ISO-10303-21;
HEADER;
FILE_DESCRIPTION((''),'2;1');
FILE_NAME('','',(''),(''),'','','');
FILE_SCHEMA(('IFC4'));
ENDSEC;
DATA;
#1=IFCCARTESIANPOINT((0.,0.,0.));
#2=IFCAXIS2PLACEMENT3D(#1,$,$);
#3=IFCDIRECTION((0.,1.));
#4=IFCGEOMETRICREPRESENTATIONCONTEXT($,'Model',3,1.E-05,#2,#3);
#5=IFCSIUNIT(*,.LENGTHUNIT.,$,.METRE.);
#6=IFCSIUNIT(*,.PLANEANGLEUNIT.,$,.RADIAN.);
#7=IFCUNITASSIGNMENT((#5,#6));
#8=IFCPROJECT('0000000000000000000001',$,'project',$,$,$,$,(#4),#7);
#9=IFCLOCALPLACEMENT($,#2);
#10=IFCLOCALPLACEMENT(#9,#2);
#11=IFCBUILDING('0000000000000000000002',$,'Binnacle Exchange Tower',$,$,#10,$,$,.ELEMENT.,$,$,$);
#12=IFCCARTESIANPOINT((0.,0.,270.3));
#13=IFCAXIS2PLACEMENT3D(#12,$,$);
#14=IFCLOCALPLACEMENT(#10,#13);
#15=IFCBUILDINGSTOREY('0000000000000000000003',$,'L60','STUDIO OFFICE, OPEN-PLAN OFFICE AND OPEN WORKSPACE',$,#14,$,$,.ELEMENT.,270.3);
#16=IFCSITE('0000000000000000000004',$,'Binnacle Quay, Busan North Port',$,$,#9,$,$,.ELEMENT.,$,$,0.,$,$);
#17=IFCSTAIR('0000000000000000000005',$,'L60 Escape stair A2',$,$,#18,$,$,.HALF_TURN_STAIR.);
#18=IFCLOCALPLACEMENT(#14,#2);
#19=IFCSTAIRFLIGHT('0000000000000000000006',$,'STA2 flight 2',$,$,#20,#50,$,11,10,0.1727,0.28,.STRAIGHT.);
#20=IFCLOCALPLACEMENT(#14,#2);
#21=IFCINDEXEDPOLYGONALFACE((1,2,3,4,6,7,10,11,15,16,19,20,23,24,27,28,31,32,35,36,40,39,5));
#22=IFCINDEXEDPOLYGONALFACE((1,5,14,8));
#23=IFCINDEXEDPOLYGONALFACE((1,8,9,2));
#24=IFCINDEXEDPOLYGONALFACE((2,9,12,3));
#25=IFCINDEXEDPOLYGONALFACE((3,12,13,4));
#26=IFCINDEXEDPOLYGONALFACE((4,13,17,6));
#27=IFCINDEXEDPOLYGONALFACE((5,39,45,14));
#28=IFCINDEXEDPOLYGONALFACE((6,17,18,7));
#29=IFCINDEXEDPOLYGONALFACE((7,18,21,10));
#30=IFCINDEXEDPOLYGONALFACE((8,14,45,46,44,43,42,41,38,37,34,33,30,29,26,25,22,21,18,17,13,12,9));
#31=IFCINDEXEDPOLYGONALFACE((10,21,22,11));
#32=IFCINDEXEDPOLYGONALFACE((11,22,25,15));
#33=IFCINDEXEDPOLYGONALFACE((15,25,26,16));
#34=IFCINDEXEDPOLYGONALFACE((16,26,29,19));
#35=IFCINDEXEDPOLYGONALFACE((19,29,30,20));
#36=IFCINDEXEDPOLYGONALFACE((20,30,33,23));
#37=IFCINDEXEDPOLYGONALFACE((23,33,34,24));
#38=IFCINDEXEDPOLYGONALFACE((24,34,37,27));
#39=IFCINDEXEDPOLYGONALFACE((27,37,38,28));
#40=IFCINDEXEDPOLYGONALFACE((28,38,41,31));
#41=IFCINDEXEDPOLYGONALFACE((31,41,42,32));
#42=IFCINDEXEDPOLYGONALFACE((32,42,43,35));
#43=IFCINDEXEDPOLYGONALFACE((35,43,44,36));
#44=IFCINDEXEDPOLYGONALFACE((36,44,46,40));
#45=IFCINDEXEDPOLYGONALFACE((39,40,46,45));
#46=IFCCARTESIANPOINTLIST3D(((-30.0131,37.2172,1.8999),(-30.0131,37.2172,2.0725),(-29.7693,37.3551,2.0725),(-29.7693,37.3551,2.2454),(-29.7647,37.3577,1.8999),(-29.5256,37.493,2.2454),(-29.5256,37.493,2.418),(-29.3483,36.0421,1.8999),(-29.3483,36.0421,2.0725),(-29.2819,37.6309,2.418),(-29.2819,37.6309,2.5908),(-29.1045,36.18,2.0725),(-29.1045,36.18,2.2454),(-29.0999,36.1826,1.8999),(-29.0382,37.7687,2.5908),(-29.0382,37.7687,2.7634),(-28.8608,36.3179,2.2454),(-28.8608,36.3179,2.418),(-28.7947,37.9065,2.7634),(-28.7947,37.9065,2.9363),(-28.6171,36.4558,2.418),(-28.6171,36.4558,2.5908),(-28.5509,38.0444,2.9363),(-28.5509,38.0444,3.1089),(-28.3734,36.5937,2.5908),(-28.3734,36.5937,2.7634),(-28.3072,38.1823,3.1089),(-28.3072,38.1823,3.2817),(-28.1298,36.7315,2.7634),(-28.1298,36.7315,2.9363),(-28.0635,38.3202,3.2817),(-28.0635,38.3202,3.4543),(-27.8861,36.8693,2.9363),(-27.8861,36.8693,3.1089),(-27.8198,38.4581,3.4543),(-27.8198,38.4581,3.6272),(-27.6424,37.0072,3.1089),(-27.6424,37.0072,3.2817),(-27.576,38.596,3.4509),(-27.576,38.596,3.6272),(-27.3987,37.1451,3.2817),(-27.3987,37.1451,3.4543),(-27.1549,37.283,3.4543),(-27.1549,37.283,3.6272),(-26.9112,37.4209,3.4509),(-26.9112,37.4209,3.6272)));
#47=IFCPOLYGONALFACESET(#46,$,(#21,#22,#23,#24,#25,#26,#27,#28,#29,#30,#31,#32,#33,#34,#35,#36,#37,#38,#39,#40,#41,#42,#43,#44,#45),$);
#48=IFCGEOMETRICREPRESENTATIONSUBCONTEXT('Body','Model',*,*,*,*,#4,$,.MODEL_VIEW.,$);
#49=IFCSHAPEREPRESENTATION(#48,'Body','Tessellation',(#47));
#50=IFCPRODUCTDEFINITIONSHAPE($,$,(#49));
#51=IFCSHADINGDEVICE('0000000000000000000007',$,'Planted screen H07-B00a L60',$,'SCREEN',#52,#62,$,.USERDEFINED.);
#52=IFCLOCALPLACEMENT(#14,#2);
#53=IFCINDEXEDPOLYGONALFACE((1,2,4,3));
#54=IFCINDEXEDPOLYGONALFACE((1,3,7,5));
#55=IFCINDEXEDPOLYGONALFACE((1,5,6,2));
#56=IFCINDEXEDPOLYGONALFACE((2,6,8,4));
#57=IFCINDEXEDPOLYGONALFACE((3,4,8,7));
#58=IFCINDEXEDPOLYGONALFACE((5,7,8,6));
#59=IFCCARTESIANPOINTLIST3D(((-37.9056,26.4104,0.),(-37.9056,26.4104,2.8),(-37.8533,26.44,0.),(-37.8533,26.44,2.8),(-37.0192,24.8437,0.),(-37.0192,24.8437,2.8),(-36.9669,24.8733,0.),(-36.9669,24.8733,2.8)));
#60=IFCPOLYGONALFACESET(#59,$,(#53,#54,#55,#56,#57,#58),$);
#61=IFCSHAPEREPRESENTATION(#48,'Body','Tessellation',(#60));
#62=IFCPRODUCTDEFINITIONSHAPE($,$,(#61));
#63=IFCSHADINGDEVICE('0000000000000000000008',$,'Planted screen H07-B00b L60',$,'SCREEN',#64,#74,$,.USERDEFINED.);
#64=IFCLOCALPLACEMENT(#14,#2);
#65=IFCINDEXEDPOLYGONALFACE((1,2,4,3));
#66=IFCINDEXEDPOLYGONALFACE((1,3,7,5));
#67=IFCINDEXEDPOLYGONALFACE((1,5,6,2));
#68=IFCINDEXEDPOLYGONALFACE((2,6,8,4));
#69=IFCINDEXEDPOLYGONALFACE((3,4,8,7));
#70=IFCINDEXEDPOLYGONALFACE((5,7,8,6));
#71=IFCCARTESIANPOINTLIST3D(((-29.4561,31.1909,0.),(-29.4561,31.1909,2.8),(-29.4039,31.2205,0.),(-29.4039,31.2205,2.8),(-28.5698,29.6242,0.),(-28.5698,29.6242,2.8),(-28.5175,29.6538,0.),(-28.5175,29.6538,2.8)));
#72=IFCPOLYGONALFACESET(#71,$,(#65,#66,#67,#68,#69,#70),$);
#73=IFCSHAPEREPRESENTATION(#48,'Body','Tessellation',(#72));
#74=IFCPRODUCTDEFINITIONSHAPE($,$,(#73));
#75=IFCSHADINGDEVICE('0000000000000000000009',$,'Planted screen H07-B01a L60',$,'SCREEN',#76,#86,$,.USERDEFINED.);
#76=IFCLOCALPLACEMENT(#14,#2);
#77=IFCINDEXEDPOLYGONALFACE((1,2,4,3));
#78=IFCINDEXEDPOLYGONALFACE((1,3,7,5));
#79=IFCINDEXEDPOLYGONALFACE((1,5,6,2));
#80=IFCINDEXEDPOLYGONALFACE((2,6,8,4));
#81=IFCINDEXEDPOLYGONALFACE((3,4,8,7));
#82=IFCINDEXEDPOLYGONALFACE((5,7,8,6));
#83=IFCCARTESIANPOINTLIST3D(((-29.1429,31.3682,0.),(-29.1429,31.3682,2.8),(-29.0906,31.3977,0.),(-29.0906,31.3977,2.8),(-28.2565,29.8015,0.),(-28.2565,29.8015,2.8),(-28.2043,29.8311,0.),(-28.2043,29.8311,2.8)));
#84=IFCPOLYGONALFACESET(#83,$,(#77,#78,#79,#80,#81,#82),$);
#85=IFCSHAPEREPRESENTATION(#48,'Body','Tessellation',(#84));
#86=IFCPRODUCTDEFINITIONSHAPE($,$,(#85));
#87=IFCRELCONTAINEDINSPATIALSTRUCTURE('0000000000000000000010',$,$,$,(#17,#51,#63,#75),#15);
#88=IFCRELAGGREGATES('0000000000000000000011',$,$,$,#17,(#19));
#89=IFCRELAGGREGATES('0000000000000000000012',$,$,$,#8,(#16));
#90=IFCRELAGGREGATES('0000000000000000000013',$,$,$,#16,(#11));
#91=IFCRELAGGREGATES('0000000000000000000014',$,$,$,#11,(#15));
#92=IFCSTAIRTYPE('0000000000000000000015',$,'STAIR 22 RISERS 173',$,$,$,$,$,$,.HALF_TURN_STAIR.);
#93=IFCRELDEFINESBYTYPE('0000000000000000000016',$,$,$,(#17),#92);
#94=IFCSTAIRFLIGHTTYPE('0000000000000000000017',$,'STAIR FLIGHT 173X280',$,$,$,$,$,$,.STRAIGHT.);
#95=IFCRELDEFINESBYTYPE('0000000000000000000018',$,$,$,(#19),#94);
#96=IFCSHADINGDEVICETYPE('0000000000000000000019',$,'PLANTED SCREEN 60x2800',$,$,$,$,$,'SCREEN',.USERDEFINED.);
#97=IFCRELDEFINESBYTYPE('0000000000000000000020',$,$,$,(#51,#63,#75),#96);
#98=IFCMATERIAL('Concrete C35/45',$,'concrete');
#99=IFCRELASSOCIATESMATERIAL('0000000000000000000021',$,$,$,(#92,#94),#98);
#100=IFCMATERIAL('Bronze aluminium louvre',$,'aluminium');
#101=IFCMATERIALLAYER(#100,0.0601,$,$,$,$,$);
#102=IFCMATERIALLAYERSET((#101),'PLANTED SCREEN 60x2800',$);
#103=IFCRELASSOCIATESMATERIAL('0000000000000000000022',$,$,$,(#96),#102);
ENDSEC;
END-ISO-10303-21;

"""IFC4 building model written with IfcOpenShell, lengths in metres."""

from ifc_helpers import new_model, si_unit, direction, frame, origin, origin_2d, place, context, subcontext, project, spatial, polyline, rectangle, outline, extrude, material, layer, layer_set, type_object, element, aggregate, save


model = new_model("IFC4")

# Units and contexts
model_context = context("Model", 3, precision=1e-05, world=origin(), true_north=direction((0.0, 1.0)))
body_context = subcontext(model_context, "Body", "Model", "MODEL_VIEW")
ifc_project = project(units=[si_unit("LENGTHUNIT", "METRE"), si_unit("PLANEANGLEUNIT", "RADIAN")], contexts=[model_context])

# Site, building, storey
site_placement = place(None, origin())
site = spatial("IfcSite", under=ifc_project, at=site_placement, Name="Binnacle Quay, Busan North Port", CompositionType="ELEMENT", RefElevation=0.0)
building_placement = place(site_placement, origin())
building = spatial("IfcBuilding", under=site, at=building_placement, Name="Binnacle Exchange Tower", CompositionType="ELEMENT")
storey_placement = place(building_placement, frame((0.0, 0.0, 270.3)))
storey = spatial("IfcBuildingStorey", under=building, at=storey_placement, Name="L60", Description="STUDIO OFFICE, OPEN-PLAN OFFICE AND OPEN WORKSPACE", CompositionType="ELEMENT", Elevation=270.3)

# Stair, stair flight
ifc_material_1 = material(Name="Concrete C35/45", Category="concrete")
stair_type = type_object("IfcStairType", Name="STAIR 22 RISERS 173", PredefinedType="HALF_TURN_STAIR", material=ifc_material_1)
stair_placement = place(storey_placement, origin())
stair = element("IfcStair", 1, at=stair_placement, inside=storey, type_object=stair_type, Name="L60 Escape stair A2", PredefinedType="HALF_TURN_STAIR")
stair_flight_type = type_object("IfcStairFlightType", Name="STAIR FLIGHT 173X280", PredefinedType="STRAIGHT", material=ifc_material_1)
stair_flight_placement = place(storey_placement, frame((-29.6807, 36.6296, 1.8999), z_axis=(0.0, 0.0, 1.0), x_axis=(0.870356, 0.492424, 0.0)))
stair_flight = element("IfcStairFlight", 2, at=stair_flight_placement, type_object=stair_flight_type, Name="STA2 flight 2", NumberOfRisers=11, NumberOfTreads=10, PredefinedType="STRAIGHT", RiserHeight=0.1727, TreadLength=0.28, context=body_context, shape_type="SweptSolid", body=[
    extrude(outline(polyline([(0.0, 0.0), (0.0, 0.1726), (0.28, 0.1726), (0.28, 0.3455), (0.5601, 0.3455), (0.5601, 0.5181), (0.8401, 0.5181), (0.8401, 0.6909), (1.1201, 0.6909), (1.1201, 0.8635), (1.3999, 0.8635), (1.3999, 1.0364), (1.6799, 1.0364), (1.6799, 1.209), (1.96, 1.209), (1.96, 1.3818), (2.24, 1.3818), (2.24, 1.5544), (2.52, 1.5544), (2.52, 1.7273), (2.8, 1.7273), (2.8, 1.8999), (2.8, 1.551), (0.2854, 0.0), (0.0, 0.0)])), frame((0.0, 0.675, 0.0), z_axis=(0.0, -1.0, 0.0), x_axis=(1.0, 0.0, 0.0)), (0.0, 0.0, 1.0), 1.3501),
])
aggregate(stair, [stair_flight])

# Shading devices
ifc_material_2 = material(Name="Bronze aluminium louvre", Category="aluminium")
ifc_layer_1 = layer(ifc_material_2, 0.0601)
ifc_layer_set_1 = layer_set([ifc_layer_1], Name="PLANTED SCREEN 60x2800")
shading_device_type = type_object("IfcShadingDeviceType", Name="PLANTED SCREEN 60x2800", ElementType="SCREEN", PredefinedType="USERDEFINED", material=ifc_layer_set_1)
for number, where, z_axis, x_axis, name in (
    (3, (-37.4363, 25.6418, 0.0), (0.0, 0.0, 1.0), (0.870356, 0.492424, 0.0), "Planted screen H07-B00a L60"),
    (4, (-28.9868, 30.4224, 0.0), (0.0, 0.0, 1.0), (0.870356, 0.492424, 0.0), "Planted screen H07-B00b L60"),
    (5, (-28.6736, 30.5996, 0.0), (0.0, 0.0, 1.0), (0.870356, 0.492424, 0.0), "Planted screen H07-B01a L60"),
):
    element("IfcShadingDevice", number, at=place(storey_placement, frame(where, z_axis=z_axis, x_axis=x_axis)), inside=storey, type_object=shading_device_type, Name=name, ObjectType="SCREEN", PredefinedType="USERDEFINED", context=body_context, shape_type="SweptSolid", body=[
        extrude(rectangle(XDim=0.0601, YDim=1.8, at=origin_2d()), origin(), (0.0, 0.0, 1.0), 2.8),
    ])

save(model, "model.ifc")
